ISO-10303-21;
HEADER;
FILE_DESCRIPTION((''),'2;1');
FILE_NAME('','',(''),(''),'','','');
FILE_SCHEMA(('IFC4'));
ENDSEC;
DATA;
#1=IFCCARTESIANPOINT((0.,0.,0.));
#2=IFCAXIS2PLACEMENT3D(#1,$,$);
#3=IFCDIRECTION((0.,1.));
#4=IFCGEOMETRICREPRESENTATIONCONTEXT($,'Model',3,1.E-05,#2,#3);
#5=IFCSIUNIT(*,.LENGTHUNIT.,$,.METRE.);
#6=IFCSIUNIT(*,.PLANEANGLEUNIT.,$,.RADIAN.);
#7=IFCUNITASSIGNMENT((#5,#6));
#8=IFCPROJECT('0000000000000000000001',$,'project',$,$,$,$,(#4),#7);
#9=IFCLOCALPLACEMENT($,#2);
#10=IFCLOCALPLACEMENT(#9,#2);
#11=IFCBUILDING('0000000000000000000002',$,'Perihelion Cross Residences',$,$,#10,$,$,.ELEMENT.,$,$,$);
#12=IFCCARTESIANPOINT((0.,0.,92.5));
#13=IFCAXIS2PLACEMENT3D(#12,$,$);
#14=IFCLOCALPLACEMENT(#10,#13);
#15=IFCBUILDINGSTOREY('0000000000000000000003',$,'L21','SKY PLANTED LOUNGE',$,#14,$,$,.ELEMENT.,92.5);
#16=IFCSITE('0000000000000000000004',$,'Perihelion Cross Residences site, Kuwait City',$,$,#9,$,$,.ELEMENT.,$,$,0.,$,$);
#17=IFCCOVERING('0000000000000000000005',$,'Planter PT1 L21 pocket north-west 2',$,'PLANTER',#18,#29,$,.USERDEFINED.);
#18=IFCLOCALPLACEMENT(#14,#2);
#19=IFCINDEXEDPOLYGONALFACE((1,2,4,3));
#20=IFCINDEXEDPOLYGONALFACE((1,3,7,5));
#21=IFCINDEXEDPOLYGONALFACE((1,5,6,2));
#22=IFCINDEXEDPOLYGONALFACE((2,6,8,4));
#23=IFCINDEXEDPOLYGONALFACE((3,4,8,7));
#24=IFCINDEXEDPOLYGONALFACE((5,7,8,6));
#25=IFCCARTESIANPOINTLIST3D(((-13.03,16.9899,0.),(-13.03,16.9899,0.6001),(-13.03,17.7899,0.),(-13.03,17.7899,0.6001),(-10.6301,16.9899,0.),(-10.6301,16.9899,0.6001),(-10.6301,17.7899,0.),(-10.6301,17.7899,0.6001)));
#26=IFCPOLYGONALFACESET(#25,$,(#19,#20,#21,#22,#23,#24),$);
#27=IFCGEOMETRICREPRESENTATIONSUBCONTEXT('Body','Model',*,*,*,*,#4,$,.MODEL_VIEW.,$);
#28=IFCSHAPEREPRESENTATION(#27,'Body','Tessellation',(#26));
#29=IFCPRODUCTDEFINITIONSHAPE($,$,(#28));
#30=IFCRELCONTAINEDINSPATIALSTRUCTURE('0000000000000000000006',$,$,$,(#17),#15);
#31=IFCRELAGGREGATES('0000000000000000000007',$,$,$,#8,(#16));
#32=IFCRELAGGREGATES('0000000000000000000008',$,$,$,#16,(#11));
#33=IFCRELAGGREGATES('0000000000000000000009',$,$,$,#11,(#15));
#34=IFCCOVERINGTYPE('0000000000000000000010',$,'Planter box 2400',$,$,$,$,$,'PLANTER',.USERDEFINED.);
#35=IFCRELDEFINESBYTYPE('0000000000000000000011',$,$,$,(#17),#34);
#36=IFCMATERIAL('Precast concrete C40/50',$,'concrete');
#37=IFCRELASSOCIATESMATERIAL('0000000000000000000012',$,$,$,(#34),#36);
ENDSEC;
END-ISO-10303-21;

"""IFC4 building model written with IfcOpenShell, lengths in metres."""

from ifc_helpers import new_model, si_unit, direction, frame, origin, origin_2d, place, context, subcontext, project, spatial, rectangle, extrude, material, type_object, element, save


model = new_model("IFC4")

# Units and contexts
model_context = context("Model", 3, precision=1e-05, world=origin(), true_north=direction((0.0, 1.0)))
body_context = subcontext(model_context, "Body", "Model", "MODEL_VIEW")
ifc_project = project(units=[si_unit("LENGTHUNIT", "METRE"), si_unit("PLANEANGLEUNIT", "RADIAN")], contexts=[model_context])

# Site, building, storey
site_placement = place(None, origin())
site = spatial("IfcSite", under=ifc_project, at=site_placement, Name="Perihelion Cross Residences site, Kuwait City", CompositionType="ELEMENT", RefElevation=0.0)
building_placement = place(site_placement, origin())
building = spatial("IfcBuilding", under=site, at=building_placement, Name="Perihelion Cross Residences", CompositionType="ELEMENT")
storey_placement = place(building_placement, frame((0.0, 0.0, 92.5)))
storey = spatial("IfcBuildingStorey", under=building, at=storey_placement, Name="L21", Description="SKY PLANTED LOUNGE", CompositionType="ELEMENT", Elevation=92.5)

# Covering
ifc_material_1 = material(Name="Precast concrete C40/50", Category="concrete")
covering_type_1 = type_object("IfcCoveringType", Name="Planter box 2400", ElementType="PLANTER", PredefinedType="USERDEFINED", material=ifc_material_1)
for number, where, z_axis, x_axis, name in (
    (1, (-11.8301, 17.3899, 0.0), (0.0, 0.0, 1.0), (1.0, 0.0, 0.0), "Planter PT1 L21 pocket north-west 2"),
):
    element("IfcCovering", number, at=place(storey_placement, frame(where, z_axis=z_axis, x_axis=x_axis)), inside=storey, type_object=covering_type_1, Name=name, ObjectType="PLANTER", PredefinedType="USERDEFINED", context=body_context, shape_type="SweptSolid", body=[
        extrude(rectangle(XDim=2.3999, YDim=0.8, at=origin_2d()), origin(), (0.0, 0.0, 1.0), 0.6001),
    ])

save(model, "model.ifc")
